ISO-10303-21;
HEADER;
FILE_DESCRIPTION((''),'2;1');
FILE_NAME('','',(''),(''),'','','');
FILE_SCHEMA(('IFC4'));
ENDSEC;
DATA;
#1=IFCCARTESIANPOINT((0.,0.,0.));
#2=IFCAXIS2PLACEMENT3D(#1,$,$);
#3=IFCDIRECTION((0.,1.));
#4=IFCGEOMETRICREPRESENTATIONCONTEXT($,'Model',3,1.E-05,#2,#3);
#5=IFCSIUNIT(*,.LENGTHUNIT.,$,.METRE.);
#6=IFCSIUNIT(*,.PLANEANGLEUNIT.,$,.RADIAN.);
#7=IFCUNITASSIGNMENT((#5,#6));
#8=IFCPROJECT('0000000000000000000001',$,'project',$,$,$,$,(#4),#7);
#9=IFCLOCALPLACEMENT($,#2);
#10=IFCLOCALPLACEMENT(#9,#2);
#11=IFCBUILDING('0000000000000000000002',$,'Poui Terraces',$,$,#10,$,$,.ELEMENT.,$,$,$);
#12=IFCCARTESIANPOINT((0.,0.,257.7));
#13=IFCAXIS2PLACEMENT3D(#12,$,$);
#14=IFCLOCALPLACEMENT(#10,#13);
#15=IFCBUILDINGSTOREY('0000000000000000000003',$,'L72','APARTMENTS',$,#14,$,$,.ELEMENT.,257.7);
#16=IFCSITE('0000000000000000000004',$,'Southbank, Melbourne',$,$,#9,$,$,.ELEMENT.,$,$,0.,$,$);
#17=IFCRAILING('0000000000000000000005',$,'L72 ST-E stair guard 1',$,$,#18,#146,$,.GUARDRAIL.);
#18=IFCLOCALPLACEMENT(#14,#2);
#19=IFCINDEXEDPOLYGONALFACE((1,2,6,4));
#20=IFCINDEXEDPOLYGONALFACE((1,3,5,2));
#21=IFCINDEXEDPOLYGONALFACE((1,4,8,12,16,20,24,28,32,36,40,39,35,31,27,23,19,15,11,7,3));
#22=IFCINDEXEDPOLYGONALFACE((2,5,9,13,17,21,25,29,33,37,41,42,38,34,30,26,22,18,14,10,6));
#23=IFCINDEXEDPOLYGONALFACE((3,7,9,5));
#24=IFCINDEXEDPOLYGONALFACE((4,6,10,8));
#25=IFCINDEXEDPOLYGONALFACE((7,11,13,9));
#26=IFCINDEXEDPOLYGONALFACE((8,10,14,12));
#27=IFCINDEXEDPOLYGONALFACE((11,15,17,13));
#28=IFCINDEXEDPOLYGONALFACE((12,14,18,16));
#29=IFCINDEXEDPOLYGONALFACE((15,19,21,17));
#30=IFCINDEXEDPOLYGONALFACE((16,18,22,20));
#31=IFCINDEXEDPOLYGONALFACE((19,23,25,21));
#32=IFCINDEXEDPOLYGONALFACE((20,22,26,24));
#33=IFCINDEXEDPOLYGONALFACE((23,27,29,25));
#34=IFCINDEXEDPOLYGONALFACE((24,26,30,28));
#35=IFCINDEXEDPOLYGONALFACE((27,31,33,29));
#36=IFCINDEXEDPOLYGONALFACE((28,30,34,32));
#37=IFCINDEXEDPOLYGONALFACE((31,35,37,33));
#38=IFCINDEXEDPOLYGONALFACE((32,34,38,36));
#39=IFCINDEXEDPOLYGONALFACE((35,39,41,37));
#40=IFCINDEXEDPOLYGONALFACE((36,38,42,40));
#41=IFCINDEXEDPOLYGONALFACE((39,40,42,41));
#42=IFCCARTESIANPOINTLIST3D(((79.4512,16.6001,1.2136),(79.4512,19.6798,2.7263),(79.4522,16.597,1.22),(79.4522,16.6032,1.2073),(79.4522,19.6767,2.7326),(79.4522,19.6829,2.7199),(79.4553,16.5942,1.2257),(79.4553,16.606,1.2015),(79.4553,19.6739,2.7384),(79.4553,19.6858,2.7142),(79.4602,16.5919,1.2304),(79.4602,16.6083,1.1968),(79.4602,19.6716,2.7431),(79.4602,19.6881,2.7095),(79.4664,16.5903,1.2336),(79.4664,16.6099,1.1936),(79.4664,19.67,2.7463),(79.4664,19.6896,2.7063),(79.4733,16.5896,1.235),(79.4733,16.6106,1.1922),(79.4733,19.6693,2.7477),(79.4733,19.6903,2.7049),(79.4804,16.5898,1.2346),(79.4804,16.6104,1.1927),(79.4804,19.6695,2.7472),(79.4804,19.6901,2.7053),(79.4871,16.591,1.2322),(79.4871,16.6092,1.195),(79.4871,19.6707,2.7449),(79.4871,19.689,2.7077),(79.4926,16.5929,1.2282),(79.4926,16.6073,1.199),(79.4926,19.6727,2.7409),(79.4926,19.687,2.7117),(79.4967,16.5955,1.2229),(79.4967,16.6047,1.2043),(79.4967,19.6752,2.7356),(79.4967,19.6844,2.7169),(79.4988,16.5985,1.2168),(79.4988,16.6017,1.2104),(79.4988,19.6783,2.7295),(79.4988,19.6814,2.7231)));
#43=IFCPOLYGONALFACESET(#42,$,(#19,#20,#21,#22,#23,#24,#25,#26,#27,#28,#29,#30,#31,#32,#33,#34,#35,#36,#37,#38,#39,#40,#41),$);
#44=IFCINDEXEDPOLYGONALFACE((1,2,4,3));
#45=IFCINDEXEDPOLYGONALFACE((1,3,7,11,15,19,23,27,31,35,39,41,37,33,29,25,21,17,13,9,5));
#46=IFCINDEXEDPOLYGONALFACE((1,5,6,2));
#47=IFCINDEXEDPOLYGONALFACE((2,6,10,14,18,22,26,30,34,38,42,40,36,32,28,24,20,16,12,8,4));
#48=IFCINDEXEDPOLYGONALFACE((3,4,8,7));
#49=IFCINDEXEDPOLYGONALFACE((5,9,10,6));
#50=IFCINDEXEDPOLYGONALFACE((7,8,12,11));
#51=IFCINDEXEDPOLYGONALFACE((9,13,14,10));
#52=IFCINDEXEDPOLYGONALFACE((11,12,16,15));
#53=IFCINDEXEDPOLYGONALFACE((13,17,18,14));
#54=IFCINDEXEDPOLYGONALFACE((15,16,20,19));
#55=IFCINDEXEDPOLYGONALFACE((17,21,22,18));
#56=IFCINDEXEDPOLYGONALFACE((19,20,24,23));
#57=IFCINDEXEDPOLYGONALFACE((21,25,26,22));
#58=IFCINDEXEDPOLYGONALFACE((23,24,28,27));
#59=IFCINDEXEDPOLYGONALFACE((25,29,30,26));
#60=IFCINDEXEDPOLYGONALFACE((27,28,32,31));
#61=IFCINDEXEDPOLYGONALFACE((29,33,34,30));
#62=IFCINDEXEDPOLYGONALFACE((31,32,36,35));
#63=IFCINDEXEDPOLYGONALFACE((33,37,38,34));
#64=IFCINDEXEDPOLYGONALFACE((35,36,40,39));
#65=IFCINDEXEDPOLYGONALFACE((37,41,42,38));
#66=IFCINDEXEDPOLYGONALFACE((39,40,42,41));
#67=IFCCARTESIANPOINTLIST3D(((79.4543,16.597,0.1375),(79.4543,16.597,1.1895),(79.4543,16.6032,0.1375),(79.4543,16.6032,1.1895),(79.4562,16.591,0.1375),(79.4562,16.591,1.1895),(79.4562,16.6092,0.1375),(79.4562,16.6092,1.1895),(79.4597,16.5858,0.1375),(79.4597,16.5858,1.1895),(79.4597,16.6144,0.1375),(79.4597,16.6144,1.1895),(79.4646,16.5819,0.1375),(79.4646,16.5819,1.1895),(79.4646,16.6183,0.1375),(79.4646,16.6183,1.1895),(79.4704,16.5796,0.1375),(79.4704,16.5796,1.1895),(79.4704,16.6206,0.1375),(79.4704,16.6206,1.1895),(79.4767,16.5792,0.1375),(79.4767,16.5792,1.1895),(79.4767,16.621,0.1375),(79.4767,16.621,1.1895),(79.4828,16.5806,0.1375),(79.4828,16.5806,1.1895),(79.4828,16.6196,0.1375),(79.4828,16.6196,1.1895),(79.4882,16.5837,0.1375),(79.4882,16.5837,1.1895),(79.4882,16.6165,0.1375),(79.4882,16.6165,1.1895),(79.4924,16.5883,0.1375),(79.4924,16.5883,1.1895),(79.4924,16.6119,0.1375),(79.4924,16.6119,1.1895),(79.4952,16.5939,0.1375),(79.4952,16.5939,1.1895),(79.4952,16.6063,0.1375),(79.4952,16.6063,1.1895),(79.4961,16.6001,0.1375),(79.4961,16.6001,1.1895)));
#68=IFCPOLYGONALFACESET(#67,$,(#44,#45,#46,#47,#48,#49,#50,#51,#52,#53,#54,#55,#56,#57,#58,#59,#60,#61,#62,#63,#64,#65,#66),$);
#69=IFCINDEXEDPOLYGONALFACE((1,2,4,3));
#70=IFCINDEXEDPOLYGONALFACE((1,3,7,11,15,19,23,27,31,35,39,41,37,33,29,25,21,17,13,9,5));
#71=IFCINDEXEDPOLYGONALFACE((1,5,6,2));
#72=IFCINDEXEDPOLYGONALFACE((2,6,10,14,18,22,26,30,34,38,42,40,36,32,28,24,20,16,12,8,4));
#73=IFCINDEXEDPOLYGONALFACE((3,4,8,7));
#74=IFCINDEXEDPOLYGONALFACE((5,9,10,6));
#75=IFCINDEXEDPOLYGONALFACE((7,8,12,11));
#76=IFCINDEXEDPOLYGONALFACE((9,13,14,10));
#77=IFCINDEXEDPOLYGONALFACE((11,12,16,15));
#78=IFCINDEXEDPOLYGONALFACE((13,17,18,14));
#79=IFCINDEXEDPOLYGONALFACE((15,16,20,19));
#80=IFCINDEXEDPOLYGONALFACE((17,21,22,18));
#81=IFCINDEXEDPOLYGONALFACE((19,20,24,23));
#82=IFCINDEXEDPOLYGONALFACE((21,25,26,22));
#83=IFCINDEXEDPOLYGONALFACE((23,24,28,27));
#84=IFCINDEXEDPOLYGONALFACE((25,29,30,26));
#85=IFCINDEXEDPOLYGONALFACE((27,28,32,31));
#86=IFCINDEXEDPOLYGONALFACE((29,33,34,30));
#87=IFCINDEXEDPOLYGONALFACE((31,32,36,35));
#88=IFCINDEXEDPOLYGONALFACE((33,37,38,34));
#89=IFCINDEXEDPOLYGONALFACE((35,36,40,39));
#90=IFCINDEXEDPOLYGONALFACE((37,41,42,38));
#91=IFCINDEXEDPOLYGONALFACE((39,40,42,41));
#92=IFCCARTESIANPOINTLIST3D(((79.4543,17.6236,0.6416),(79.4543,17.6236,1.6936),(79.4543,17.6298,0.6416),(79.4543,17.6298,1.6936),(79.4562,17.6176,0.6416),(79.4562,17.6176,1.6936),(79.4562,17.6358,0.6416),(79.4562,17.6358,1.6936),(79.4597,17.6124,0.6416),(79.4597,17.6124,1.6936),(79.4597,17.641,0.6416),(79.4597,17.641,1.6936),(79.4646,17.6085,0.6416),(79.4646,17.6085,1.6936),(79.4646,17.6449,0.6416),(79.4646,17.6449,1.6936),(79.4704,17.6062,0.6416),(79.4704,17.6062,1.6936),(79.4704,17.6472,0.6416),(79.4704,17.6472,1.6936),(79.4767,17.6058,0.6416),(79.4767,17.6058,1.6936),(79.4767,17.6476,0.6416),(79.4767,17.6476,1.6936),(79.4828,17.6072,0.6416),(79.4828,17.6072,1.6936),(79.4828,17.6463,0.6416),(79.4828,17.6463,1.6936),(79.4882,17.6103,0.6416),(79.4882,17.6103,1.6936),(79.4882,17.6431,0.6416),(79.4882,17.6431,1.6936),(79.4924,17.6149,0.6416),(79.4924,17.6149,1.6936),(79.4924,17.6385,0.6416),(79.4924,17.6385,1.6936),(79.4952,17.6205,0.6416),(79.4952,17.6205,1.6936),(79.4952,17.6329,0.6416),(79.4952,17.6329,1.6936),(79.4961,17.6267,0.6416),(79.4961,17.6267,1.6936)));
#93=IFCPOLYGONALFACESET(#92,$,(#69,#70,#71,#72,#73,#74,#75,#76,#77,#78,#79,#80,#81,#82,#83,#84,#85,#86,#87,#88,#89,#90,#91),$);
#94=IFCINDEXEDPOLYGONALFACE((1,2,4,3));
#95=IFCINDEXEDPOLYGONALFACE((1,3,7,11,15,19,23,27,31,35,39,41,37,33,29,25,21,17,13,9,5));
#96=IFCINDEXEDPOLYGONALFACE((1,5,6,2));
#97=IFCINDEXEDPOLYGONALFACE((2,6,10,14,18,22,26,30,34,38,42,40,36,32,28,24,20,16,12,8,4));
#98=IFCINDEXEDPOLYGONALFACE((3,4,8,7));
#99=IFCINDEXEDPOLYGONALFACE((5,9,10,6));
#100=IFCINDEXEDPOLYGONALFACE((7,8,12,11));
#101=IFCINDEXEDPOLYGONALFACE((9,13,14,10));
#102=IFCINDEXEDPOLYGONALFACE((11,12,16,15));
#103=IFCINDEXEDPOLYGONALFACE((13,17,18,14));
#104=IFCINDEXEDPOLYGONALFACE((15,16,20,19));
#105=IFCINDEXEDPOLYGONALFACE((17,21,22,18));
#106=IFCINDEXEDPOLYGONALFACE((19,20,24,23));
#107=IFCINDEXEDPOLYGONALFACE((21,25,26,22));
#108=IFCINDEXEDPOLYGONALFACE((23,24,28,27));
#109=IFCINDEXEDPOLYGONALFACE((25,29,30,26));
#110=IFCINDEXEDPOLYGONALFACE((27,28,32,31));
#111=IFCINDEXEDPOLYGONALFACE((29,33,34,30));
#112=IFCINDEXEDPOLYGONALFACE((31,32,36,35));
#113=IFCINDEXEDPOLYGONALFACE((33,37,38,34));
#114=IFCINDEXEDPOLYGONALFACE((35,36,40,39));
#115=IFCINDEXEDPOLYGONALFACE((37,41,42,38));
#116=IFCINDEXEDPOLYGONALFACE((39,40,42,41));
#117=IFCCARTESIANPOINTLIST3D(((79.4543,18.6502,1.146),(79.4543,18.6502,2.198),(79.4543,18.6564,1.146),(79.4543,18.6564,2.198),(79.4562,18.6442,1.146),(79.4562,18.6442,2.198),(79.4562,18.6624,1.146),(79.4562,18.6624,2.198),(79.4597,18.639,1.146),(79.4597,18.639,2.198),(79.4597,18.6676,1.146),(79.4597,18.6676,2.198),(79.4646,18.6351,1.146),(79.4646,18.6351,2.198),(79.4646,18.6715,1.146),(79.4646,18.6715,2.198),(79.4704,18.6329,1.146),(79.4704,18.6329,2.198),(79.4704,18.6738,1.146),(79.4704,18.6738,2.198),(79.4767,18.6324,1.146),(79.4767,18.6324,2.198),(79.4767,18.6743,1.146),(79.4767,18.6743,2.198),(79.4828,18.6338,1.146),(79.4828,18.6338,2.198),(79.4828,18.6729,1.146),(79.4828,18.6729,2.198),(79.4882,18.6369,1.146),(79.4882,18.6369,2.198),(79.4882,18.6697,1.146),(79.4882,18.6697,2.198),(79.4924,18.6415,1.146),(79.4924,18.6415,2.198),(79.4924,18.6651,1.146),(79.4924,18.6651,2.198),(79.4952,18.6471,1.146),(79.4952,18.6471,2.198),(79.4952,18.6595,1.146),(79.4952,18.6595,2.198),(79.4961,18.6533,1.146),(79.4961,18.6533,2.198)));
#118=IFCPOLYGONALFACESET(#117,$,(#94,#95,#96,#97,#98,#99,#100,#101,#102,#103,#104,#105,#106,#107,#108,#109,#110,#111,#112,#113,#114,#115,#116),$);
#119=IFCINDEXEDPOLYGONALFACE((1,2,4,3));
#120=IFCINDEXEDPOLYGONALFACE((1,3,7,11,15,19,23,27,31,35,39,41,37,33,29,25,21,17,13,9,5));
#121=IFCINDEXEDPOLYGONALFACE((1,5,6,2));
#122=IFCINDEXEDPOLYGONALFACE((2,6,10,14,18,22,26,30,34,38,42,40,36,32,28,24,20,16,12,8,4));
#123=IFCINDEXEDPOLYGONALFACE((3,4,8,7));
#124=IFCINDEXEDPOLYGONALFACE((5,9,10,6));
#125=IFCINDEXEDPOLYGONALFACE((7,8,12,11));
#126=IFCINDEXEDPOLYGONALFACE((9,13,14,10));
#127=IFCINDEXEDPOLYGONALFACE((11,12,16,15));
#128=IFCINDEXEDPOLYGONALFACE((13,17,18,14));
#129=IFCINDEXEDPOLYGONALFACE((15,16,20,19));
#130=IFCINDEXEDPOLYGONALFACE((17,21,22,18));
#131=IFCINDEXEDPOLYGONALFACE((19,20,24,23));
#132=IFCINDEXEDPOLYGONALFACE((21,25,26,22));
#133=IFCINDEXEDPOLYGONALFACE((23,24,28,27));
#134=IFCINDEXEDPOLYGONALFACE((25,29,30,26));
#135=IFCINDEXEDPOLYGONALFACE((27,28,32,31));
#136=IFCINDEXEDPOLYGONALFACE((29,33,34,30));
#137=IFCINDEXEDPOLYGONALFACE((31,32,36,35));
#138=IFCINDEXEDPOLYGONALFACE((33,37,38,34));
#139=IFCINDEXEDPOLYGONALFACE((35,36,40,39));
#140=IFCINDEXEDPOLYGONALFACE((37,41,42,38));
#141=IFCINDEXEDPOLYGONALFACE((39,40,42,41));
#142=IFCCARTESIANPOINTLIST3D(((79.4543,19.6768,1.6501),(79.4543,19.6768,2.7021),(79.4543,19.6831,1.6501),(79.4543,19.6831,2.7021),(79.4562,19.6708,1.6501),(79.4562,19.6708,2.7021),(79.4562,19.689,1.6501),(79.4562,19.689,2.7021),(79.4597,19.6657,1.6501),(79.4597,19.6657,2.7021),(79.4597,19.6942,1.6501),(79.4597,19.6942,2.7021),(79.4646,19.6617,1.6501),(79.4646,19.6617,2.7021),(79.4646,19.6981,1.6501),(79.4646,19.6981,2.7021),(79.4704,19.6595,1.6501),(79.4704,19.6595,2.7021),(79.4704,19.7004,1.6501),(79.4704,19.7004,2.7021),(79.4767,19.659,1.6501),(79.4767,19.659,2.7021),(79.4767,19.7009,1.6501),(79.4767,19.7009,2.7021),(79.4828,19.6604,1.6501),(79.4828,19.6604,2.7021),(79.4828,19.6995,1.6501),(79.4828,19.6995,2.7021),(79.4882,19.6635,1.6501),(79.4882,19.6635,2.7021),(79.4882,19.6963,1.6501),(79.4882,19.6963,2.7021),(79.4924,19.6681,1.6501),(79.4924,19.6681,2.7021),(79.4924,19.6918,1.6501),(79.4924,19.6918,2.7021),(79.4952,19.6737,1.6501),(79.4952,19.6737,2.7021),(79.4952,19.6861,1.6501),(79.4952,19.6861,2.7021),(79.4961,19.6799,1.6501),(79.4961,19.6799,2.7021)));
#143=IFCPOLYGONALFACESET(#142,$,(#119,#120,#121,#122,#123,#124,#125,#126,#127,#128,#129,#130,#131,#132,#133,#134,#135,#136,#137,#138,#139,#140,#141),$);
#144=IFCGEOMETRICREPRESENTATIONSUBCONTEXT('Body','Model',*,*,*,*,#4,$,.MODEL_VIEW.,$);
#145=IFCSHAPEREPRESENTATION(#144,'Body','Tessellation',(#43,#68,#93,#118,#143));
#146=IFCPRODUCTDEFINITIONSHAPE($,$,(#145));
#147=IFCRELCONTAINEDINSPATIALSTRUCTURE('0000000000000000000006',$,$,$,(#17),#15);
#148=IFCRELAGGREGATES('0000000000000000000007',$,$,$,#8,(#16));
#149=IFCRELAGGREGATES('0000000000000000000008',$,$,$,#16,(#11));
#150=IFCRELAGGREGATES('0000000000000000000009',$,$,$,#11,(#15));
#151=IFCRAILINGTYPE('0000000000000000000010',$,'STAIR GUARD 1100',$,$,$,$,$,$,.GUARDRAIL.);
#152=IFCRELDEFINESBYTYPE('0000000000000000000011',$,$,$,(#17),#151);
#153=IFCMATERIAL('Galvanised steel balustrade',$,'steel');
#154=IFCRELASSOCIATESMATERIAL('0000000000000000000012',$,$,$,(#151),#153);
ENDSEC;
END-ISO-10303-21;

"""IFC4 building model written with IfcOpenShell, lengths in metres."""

from ifc_helpers import new_model, si_unit, direction, frame, origin, origin_2d, place, context, subcontext, project, spatial, circle, extrude, material, type_object, element, save


model = new_model("IFC4")

# Units and contexts
model_context = context("Model", 3, precision=1e-05, world=origin(), true_north=direction((0.0, 1.0)))
body_context = subcontext(model_context, "Body", "Model", "MODEL_VIEW")
ifc_project = project(units=[si_unit("LENGTHUNIT", "METRE"), si_unit("PLANEANGLEUNIT", "RADIAN")], contexts=[model_context])

# Site, building, storey
site_placement = place(None, origin())
site = spatial("IfcSite", under=ifc_project, at=site_placement, Name="Southbank, Melbourne", CompositionType="ELEMENT", RefElevation=0.0)
building_placement = place(site_placement, origin())
building = spatial("IfcBuilding", under=site, at=building_placement, Name="Poui Terraces", CompositionType="ELEMENT")
storey_placement = place(building_placement, frame((0.0, 0.0, 257.7)))
storey = spatial("IfcBuildingStorey", under=building, at=storey_placement, Name="L72", Description="APARTMENTS", CompositionType="ELEMENT", Elevation=257.7)

# Railing
ifc_material_1 = material(Name="Galvanised steel balustrade", Category="steel")
railing_type_1 = type_object("IfcRailingType", Name="STAIR GUARD 1100", PredefinedType="GUARDRAIL", material=ifc_material_1)
railing_1_placement = place(storey_placement, frame((79.4751, 16.6001, 0.1375)))
element("IfcRailing", 1, at=railing_1_placement, inside=storey, type_object=railing_type_1, Name="L72 ST-E stair guard 1", PredefinedType="GUARDRAIL", context=body_context, shape_type="SweptSolid", body=[
    extrude(circle(Radius=0.0239, at=origin_2d()), frame((0.0, 0.0, 1.0762), z_axis=(0.0, 0.897578, 0.440856), x_axis=(-1.0, 0.0, 0.0)), (0.0, 0.0, 1.0), 3.4312),
    extrude(circle(Radius=0.021, at=origin_2d()), origin(), (0.0, 0.0, 1.0), 1.052),
    extrude(circle(Radius=0.021, at=origin_2d()), frame((0.0, 1.0266, 0.5042)), (0.0, 0.0, 1.0), 1.052),
    extrude(circle(Radius=0.021, at=origin_2d()), frame((0.0, 2.0532, 1.0085)), (0.0, 0.0, 1.0), 1.052),
    extrude(circle(Radius=0.021, at=origin_2d()), frame((0.0, 3.0798, 1.5127)), (0.0, 0.0, 1.0), 1.052),
])

save(model, "model.ifc")
